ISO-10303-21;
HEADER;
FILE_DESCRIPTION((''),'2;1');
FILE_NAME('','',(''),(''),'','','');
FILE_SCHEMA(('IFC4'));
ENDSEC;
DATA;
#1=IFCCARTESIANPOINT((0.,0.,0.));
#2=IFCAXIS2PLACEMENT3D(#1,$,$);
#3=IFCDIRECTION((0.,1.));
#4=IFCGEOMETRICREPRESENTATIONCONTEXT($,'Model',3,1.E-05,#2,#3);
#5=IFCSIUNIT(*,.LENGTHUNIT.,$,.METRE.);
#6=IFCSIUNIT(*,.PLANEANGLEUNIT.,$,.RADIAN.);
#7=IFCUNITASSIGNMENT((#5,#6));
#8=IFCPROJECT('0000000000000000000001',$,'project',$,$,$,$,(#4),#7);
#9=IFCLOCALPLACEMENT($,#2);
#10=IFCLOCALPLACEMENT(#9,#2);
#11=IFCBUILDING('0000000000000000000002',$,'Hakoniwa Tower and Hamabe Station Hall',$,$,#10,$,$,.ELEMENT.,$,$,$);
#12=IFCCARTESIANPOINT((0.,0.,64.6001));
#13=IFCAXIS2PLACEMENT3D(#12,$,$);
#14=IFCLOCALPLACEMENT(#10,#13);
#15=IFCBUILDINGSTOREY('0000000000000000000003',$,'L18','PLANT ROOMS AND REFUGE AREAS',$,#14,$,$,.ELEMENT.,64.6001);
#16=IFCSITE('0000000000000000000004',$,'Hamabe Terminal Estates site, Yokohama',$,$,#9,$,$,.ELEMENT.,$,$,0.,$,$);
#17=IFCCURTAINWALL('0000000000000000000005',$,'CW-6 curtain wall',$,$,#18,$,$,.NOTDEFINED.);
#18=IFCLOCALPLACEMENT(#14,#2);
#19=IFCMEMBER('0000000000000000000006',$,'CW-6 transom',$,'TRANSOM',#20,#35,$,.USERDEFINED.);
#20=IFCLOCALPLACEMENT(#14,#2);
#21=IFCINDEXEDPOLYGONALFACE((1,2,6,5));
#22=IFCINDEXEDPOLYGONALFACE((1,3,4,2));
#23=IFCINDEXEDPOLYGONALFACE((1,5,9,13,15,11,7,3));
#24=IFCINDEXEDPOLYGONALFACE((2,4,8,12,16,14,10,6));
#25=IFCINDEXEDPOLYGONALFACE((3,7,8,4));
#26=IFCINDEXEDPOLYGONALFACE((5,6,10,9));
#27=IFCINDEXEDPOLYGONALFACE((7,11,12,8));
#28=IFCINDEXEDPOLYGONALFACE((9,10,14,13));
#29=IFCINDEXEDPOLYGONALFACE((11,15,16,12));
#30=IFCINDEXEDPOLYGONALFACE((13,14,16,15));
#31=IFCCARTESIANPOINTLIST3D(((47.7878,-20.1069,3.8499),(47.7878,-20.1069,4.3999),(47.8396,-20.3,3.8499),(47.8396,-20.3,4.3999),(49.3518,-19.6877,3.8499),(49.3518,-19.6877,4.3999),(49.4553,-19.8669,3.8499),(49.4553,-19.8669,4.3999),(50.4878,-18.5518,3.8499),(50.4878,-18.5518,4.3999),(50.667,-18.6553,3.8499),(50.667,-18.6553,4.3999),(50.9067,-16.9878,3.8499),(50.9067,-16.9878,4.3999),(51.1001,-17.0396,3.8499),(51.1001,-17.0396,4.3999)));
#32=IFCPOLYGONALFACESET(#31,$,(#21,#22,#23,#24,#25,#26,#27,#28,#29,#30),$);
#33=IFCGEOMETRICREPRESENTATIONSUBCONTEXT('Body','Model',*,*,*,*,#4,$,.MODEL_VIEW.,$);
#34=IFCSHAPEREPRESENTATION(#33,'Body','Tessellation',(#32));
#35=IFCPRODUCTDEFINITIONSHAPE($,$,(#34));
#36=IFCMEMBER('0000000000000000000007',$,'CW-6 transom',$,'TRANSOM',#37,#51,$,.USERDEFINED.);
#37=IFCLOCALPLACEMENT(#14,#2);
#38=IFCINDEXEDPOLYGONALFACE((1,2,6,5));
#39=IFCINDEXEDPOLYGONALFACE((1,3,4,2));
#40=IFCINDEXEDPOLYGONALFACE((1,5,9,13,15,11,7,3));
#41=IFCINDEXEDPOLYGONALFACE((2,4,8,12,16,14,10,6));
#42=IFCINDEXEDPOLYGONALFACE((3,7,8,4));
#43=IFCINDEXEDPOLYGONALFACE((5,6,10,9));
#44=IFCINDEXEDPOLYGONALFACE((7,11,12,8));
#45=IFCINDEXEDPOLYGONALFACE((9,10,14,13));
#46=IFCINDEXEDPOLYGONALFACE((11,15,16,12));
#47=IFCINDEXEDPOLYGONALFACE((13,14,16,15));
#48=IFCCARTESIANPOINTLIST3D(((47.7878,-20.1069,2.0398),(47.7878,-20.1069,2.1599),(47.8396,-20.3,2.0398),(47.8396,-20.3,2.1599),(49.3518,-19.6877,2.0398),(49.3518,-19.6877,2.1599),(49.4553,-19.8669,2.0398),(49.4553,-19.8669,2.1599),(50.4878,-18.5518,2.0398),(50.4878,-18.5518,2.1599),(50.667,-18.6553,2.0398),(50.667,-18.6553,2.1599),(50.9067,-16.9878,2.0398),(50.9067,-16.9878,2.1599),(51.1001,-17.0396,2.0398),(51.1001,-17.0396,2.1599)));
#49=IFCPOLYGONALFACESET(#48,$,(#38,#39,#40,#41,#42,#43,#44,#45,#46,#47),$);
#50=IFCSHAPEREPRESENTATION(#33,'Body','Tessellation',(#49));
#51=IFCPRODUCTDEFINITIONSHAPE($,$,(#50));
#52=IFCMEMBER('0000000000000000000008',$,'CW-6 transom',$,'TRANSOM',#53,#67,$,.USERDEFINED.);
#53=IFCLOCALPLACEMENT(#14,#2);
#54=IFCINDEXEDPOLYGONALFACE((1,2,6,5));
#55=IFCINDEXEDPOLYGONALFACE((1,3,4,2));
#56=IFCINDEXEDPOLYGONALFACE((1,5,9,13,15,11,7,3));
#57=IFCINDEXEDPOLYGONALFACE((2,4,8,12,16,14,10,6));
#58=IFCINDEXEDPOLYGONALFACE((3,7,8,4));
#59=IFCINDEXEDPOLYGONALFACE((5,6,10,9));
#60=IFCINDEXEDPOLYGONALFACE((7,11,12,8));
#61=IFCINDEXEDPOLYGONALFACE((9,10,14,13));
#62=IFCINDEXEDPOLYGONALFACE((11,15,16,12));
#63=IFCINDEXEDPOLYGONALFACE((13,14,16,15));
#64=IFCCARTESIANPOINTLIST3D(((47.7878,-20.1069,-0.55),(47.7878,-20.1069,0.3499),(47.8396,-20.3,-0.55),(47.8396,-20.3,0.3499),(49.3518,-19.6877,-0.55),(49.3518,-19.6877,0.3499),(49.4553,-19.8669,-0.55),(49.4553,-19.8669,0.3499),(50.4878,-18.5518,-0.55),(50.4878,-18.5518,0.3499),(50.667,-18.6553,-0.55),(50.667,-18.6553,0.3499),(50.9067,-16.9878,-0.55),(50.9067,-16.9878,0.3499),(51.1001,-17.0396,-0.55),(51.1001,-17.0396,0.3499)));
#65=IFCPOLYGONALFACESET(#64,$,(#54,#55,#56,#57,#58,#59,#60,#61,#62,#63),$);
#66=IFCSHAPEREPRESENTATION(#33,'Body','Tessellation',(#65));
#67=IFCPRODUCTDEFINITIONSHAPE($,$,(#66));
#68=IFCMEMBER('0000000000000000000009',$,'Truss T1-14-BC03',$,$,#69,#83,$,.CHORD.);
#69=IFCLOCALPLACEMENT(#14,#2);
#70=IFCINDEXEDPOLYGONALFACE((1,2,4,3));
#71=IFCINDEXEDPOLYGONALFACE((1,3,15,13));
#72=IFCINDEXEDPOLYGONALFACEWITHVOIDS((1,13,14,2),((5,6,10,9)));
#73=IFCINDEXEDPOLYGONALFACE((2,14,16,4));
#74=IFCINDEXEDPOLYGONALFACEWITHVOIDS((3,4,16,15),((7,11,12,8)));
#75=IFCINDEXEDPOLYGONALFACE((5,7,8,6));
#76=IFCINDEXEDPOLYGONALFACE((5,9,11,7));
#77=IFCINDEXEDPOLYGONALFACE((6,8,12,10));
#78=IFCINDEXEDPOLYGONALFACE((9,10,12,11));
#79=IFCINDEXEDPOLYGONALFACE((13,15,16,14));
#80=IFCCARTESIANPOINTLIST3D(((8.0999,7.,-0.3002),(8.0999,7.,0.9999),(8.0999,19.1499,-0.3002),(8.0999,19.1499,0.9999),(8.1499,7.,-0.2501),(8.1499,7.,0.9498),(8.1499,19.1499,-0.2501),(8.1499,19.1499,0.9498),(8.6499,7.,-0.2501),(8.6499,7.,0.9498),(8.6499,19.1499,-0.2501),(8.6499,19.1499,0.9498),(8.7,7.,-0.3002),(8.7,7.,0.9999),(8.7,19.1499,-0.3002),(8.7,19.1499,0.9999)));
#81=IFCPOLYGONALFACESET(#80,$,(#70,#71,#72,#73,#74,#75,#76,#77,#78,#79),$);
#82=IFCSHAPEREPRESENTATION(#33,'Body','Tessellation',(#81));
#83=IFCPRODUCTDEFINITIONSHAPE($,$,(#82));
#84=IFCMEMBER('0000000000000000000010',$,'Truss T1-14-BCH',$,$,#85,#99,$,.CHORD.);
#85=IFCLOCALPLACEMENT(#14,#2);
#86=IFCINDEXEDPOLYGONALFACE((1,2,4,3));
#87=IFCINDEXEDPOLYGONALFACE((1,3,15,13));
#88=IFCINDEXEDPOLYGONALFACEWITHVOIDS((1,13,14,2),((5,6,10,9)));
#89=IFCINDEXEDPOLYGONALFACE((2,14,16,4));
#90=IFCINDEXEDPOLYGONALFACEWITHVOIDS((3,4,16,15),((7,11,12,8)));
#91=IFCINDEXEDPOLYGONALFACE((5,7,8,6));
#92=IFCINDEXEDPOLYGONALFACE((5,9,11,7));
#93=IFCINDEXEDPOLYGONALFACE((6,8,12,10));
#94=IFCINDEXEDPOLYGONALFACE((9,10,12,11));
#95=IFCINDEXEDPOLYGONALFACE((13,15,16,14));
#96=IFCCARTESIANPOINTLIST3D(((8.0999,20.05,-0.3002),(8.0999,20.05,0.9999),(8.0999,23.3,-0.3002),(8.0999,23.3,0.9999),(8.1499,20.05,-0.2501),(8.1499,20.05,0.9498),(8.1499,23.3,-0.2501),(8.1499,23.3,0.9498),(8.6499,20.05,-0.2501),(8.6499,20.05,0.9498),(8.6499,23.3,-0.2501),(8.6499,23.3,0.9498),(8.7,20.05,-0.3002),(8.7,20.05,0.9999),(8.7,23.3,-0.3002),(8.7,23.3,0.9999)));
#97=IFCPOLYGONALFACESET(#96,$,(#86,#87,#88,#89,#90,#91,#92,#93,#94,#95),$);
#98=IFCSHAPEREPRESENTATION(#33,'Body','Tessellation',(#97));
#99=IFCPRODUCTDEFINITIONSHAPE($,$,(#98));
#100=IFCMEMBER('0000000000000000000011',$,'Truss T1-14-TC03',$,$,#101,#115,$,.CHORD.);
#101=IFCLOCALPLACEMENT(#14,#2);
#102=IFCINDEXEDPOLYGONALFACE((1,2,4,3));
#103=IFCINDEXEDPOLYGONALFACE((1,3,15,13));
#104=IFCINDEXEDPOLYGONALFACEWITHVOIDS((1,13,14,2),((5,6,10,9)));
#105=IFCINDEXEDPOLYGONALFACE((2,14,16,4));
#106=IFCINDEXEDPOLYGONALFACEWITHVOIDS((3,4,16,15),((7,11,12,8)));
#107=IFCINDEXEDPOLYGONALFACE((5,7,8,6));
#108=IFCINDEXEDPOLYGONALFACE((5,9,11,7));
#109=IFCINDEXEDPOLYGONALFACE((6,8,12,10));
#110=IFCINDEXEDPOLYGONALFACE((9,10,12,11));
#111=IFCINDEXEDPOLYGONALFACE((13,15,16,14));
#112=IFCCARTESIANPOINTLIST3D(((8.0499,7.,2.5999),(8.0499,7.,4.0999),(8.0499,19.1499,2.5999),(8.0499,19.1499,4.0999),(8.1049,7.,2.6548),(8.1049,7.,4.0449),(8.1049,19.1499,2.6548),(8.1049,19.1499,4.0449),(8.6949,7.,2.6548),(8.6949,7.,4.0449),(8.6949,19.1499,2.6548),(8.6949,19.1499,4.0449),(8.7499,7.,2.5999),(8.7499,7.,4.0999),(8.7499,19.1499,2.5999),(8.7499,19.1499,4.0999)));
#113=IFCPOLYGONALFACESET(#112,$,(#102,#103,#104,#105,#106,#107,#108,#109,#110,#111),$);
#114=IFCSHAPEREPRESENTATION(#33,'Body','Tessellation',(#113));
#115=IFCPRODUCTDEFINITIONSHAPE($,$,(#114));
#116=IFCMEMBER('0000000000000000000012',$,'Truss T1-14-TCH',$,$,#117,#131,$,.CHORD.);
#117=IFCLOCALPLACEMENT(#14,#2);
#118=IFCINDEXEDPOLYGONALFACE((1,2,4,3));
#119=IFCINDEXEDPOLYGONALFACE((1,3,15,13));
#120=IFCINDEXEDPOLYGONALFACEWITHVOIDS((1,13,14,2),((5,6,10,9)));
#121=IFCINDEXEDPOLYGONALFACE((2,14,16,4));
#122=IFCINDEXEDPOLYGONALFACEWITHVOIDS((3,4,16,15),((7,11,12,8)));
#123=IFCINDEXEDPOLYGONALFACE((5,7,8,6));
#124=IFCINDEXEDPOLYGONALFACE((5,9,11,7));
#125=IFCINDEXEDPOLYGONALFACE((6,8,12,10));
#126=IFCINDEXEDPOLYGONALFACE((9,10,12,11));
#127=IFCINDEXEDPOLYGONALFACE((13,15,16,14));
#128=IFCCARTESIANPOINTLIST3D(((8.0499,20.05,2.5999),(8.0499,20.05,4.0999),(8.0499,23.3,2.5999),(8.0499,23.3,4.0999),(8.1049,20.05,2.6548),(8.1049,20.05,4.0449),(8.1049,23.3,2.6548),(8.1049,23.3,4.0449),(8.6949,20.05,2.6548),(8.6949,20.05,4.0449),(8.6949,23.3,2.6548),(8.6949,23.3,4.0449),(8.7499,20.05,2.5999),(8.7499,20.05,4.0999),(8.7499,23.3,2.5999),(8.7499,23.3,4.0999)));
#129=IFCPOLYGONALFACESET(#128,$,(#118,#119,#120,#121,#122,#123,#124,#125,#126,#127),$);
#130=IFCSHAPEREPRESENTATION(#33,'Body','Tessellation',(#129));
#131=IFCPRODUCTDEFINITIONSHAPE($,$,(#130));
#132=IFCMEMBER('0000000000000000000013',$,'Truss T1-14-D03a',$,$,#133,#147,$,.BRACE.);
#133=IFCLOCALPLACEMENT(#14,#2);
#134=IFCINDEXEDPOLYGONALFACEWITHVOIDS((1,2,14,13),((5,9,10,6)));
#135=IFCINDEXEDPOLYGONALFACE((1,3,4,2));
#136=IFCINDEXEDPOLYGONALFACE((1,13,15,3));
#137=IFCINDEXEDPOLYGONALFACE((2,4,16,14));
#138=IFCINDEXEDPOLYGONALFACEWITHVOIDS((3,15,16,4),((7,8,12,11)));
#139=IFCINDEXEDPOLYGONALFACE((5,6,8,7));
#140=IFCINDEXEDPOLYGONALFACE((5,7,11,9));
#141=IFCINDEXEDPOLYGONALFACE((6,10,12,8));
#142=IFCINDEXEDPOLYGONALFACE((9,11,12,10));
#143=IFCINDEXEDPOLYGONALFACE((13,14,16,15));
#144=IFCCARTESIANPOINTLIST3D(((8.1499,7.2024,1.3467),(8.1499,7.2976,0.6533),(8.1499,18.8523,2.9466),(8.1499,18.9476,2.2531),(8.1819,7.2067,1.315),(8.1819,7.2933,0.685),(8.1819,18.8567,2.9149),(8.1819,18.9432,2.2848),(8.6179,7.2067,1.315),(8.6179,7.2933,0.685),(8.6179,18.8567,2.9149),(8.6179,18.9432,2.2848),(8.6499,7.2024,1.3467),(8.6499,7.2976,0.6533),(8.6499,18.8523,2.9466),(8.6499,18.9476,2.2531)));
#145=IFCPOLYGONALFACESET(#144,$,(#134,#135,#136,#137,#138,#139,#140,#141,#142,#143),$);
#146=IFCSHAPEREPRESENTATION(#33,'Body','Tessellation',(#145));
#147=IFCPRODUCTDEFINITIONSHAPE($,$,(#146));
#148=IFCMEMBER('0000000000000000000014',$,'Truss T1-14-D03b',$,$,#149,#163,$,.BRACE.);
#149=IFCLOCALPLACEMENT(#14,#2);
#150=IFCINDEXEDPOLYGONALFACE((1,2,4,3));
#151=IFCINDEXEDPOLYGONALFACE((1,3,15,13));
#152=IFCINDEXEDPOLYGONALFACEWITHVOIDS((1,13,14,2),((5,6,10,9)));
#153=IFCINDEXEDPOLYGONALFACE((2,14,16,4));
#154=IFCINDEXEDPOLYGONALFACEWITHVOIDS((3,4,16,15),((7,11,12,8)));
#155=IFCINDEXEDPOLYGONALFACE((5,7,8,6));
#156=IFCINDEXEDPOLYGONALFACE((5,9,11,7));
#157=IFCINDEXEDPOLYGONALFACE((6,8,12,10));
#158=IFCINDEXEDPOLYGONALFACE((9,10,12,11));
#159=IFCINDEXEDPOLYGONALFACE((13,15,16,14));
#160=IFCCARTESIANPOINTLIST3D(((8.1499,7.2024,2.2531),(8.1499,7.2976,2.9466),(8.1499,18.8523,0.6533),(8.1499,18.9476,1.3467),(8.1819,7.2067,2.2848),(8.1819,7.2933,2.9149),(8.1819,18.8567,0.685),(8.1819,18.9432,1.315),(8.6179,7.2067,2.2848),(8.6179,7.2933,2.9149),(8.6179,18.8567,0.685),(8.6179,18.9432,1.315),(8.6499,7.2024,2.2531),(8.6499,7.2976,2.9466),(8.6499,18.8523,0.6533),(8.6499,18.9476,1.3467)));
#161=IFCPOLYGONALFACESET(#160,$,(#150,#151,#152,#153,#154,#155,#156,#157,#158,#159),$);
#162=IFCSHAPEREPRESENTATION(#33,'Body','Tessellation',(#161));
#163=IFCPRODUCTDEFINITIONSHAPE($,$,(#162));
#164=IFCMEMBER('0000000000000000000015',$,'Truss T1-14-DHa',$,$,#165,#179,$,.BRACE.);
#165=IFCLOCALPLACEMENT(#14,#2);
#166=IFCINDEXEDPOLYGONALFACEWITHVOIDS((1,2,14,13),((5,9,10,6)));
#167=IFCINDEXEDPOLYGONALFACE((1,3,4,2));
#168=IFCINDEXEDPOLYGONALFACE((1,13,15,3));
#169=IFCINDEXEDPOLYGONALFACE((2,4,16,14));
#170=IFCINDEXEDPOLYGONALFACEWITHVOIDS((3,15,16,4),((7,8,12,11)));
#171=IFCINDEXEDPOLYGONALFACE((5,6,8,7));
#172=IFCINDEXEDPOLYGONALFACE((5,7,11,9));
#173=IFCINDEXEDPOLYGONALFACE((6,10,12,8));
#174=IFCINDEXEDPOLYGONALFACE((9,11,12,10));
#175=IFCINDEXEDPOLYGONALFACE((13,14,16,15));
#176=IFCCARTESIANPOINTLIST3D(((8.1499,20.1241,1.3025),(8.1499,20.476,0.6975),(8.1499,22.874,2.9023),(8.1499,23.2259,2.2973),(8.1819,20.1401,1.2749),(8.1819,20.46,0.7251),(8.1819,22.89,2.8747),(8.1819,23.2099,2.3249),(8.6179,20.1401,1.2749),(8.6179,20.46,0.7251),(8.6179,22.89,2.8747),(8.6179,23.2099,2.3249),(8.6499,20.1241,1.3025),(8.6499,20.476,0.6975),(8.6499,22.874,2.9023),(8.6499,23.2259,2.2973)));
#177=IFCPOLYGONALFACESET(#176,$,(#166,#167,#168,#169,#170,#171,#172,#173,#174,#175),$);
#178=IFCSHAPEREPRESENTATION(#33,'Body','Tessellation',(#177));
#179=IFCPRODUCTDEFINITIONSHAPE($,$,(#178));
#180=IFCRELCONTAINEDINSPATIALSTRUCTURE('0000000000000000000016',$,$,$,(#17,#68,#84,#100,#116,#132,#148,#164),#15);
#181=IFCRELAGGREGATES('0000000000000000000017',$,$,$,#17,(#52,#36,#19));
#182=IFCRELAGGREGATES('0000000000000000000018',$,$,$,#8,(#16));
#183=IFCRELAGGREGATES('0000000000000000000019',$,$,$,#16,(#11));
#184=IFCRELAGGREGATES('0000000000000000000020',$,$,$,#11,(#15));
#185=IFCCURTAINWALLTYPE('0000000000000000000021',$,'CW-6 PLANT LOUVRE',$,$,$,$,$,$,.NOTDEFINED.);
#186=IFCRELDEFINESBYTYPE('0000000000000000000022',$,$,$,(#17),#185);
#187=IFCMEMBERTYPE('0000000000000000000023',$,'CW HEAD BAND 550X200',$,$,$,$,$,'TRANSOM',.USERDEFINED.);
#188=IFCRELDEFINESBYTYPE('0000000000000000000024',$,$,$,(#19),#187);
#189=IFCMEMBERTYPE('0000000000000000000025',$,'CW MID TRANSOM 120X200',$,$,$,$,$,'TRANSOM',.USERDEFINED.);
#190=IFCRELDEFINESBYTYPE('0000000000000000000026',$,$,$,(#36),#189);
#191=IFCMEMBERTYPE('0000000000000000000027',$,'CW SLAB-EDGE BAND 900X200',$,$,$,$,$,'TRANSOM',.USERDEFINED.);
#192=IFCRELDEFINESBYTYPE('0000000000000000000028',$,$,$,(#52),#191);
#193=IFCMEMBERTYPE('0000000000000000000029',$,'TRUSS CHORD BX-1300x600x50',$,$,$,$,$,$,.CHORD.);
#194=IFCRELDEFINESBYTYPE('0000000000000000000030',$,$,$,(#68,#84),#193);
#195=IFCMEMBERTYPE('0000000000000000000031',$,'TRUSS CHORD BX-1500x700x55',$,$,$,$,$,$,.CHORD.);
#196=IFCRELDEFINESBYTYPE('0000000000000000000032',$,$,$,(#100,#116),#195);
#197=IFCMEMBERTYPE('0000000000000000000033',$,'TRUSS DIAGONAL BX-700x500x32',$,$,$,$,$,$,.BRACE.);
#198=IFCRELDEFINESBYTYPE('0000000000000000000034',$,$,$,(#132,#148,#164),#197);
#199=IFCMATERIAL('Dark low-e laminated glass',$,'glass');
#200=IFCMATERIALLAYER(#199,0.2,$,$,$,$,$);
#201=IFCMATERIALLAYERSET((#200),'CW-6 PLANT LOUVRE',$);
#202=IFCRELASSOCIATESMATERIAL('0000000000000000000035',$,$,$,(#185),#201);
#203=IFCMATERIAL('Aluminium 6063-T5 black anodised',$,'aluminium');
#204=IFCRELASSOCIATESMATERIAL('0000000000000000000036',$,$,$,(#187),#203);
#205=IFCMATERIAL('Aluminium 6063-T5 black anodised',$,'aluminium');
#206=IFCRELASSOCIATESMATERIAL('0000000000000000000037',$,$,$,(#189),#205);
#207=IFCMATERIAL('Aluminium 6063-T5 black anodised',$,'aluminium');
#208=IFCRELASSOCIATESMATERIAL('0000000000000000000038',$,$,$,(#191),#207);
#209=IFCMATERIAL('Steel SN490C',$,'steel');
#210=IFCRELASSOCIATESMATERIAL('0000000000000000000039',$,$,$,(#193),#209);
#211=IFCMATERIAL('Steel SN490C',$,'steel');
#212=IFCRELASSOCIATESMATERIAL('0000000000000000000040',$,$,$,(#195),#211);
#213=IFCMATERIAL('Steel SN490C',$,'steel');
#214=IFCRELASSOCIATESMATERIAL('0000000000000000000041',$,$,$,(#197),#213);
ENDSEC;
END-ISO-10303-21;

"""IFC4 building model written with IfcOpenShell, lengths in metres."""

from ifc_helpers import new_model, si_unit, direction, frame, origin, origin_2d, place, context, subcontext, project, spatial, polyline, rectangle, hollow_rectangle, outline, extrude, material, layer, layer_set, material_profile, profile_set, type_object, element, aggregate, save


model = new_model("IFC4")

# Units and contexts
model_context = context("Model", 3, precision=1e-05, world=origin(), true_north=direction((0.0, 1.0)))
body_context = subcontext(model_context, "Body", "Model", "MODEL_VIEW")
ifc_project = project(units=[si_unit("LENGTHUNIT", "METRE"), si_unit("PLANEANGLEUNIT", "RADIAN")], contexts=[model_context])

# Site, building, storey
site_placement = place(None, origin())
site = spatial("IfcSite", under=ifc_project, at=site_placement, Name="Hamabe Terminal Estates site, Yokohama", CompositionType="ELEMENT", RefElevation=0.0)
building_placement = place(site_placement, origin())
building = spatial("IfcBuilding", under=site, at=building_placement, Name="Hakoniwa Tower and Hamabe Station Hall", CompositionType="ELEMENT")
storey_placement = place(building_placement, frame((0.0, 0.0, 64.6001)))
storey = spatial("IfcBuildingStorey", under=building, at=storey_placement, Name="L18", Description="PLANT ROOMS AND REFUGE AREAS", CompositionType="ELEMENT", Elevation=64.6001)

# Curtain wall, members
ifc_material_1 = material(Name="Dark low-e laminated glass", Category="glass")
ifc_layer_1 = layer(ifc_material_1, 0.2)
ifc_layer_set_1 = layer_set([ifc_layer_1], Name="CW-6 PLANT LOUVRE")
curtain_wall_type = type_object("IfcCurtainWallType", Name="CW-6 PLANT LOUVRE", PredefinedType="NOTDEFINED", material=ifc_layer_set_1)
curtain_wall_1_placement = place(storey_placement, origin())
curtain_wall_1 = element("IfcCurtainWall", 1, at=curtain_wall_1_placement, inside=storey, type_object=curtain_wall_type, Name="CW-6 curtain wall", PredefinedType="NOTDEFINED")
ifc_material_2 = material(Name="Aluminium 6063-T5 black anodised", Category="aluminium")
ifc_material_profile_1 = material_profile(ifc_material_2, rectangle(XDim=0.2, YDim=0.55, at=origin_2d()), Name="CW HEAD BAND 550X200")
ifc_profile_set_1 = profile_set([ifc_material_profile_1], Name="Aluminium 6063-T5 black anodised")
member_type_1 = type_object("IfcMemberType", Name="CW HEAD BAND 550X200", ElementType="TRANSOM", PredefinedType="USERDEFINED", material=ifc_profile_set_1)
member_1_placement = place(storey_placement, frame((0.0, 0.0, 3.8499)))
member_1 = element("IfcMember", 2, at=member_1_placement, type_object=member_type_1, Name="CW-6 transom", ObjectType="TRANSOM", PredefinedType="USERDEFINED", context=body_context, shape_type="SweptSolid", body=[
    extrude(outline(polyline([(47.8396, -20.3), (49.4553, -19.8669), (50.667, -18.6553), (51.1001, -17.0396), (50.9067, -16.9878), (50.4878, -18.5518), (49.3518, -19.6877), (47.7878, -20.1069), (47.8396, -20.3)])), origin(), (0.0, 0.0, 1.0), 0.55),
])
ifc_material_3 = material(Name="Aluminium 6063-T5 black anodised", Category="aluminium")
ifc_material_profile_2 = material_profile(ifc_material_3, rectangle(XDim=0.2, YDim=0.1201, at=origin_2d()), Name="CW MID TRANSOM 120X200")
ifc_profile_set_2 = profile_set([ifc_material_profile_2], Name="Aluminium 6063-T5 black anodised")
member_type_2 = type_object("IfcMemberType", Name="CW MID TRANSOM 120X200", ElementType="TRANSOM", PredefinedType="USERDEFINED", material=ifc_profile_set_2)
member_2_placement = place(storey_placement, frame((0.0, 0.0, 2.0398)))
member_2 = element("IfcMember", 3, at=member_2_placement, type_object=member_type_2, Name="CW-6 transom", ObjectType="TRANSOM", PredefinedType="USERDEFINED", context=body_context, shape_type="SweptSolid", body=[
    extrude(outline(polyline([(47.8396, -20.3), (49.4553, -19.8669), (50.667, -18.6553), (51.1001, -17.0396), (50.9067, -16.9878), (50.4878, -18.5518), (49.3518, -19.6877), (47.7878, -20.1069), (47.8396, -20.3)])), origin(), (0.0, 0.0, 1.0), 0.1201),
])
ifc_material_4 = material(Name="Aluminium 6063-T5 black anodised", Category="aluminium")
ifc_material_profile_3 = material_profile(ifc_material_4, rectangle(XDim=0.2, YDim=0.8999, at=origin_2d()), Name="CW SLAB-EDGE BAND 900X200")
ifc_profile_set_3 = profile_set([ifc_material_profile_3], Name="Aluminium 6063-T5 black anodised")
member_type_3 = type_object("IfcMemberType", Name="CW SLAB-EDGE BAND 900X200", ElementType="TRANSOM", PredefinedType="USERDEFINED", material=ifc_profile_set_3)
member_3_placement = place(storey_placement, frame((0.0, 0.0, -0.55)))
member_3 = element("IfcMember", 4, at=member_3_placement, type_object=member_type_3, Name="CW-6 transom", ObjectType="TRANSOM", PredefinedType="USERDEFINED", context=body_context, shape_type="SweptSolid", body=[
    extrude(outline(polyline([(47.8396, -20.3), (49.4553, -19.8669), (50.667, -18.6553), (51.1001, -17.0396), (50.9067, -16.9878), (50.4878, -18.5518), (49.3518, -19.6877), (47.7878, -20.1069), (47.8396, -20.3)])), origin(), (0.0, 0.0, 1.0), 0.8999),
])
aggregate(curtain_wall_1, [member_3, member_2, member_1])

# Members
ifc_material_5 = material(Name="Steel SN490C", Category="steel")
ifc_material_profile_4 = material_profile(ifc_material_5, hollow_rectangle(XDim=0.6001, YDim=1.3, WallThickness=0.05, at=origin_2d()), Name="BX-1300x600x50")
ifc_profile_set_4 = profile_set([ifc_material_profile_4], Name="Steel SN490C")
member_type_4 = type_object("IfcMemberType", Name="TRUSS CHORD BX-1300x600x50", PredefinedType="CHORD", material=ifc_profile_set_4)
member_4_placement = place(storey_placement, frame((8.3999, 7.0, 0.3499), z_axis=(0.0, 1.0, 0.0), x_axis=(-1.0, 0.0, 0.0)))
element("IfcMember", 5, at=member_4_placement, inside=storey, type_object=member_type_4, Name="Truss T1-14-BC03", PredefinedType="CHORD", context=body_context, shape_type="SweptSolid", body=[
    extrude(hollow_rectangle(XDim=0.6001, YDim=1.3, WallThickness=0.05, at=origin_2d()), origin(), (0.0, 0.0, 1.0), 12.1499),
])
member_5_placement = place(storey_placement, frame((8.3999, 20.05, 0.3499), z_axis=(0.0, 1.0, 0.0), x_axis=(-1.0, 0.0, 0.0)))
element("IfcMember", 6, at=member_5_placement, inside=storey, type_object=member_type_4, Name="Truss T1-14-BCH", PredefinedType="CHORD", context=body_context, shape_type="SweptSolid", body=[
    extrude(hollow_rectangle(XDim=0.6001, YDim=1.3, WallThickness=0.05, at=origin_2d()), origin(), (0.0, 0.0, 1.0), 3.25),
])
ifc_material_6 = material(Name="Steel SN490C", Category="steel")
ifc_material_profile_5 = material_profile(ifc_material_6, hollow_rectangle(XDim=0.7, YDim=1.5, WallThickness=0.0549, at=origin_2d()), Name="BX-1500x700x55")
ifc_profile_set_5 = profile_set([ifc_material_profile_5], Name="Steel SN490C")
member_type_5 = type_object("IfcMemberType", Name="TRUSS CHORD BX-1500x700x55", PredefinedType="CHORD", material=ifc_profile_set_5)
member_6_placement = place(storey_placement, frame((8.3999, 7.0, 3.3499), z_axis=(0.0, 1.0, 0.0), x_axis=(-1.0, 0.0, 0.0)))
element("IfcMember", 7, at=member_6_placement, inside=storey, type_object=member_type_5, Name="Truss T1-14-TC03", PredefinedType="CHORD", context=body_context, shape_type="SweptSolid", body=[
    extrude(hollow_rectangle(XDim=0.7, YDim=1.5, WallThickness=0.0549, at=origin_2d()), origin(), (0.0, 0.0, 1.0), 12.1499),
])
member_7_placement = place(storey_placement, frame((8.3999, 20.05, 3.3499), z_axis=(0.0, 1.0, 0.0), x_axis=(-1.0, 0.0, 0.0)))
element("IfcMember", 8, at=member_7_placement, inside=storey, type_object=member_type_5, Name="Truss T1-14-TCH", PredefinedType="CHORD", context=body_context, shape_type="SweptSolid", body=[
    extrude(hollow_rectangle(XDim=0.7, YDim=1.5, WallThickness=0.0549, at=origin_2d()), origin(), (0.0, 0.0, 1.0), 3.25),
])
ifc_material_7 = material(Name="Steel SN490C", Category="steel")
ifc_material_profile_6 = material_profile(ifc_material_7, hollow_rectangle(XDim=0.5, YDim=0.7, WallThickness=0.032, at=origin_2d()), Name="BX-700x500x32")
ifc_profile_set_6 = profile_set([ifc_material_profile_6], Name="Steel SN490C")
member_type_6 = type_object("IfcMemberType", Name="TRUSS DIAGONAL BX-700x500x32", PredefinedType="BRACE", material=ifc_profile_set_6)
for number, where, z_axis, x_axis, name in (
    (9, (8.3999, 7.25, 1.0), (0.0, 0.990702, 0.136051), (-1.0, 0.0, 0.0), "Truss T1-14-D03a"),
    (10, (8.3999, 7.25, 2.5999), (0.0, 0.990702, -0.136051), (-1.0, 0.0, 0.0), "Truss T1-14-D03b"),
):
    element("IfcMember", number, at=place(storey_placement, frame(where, z_axis=z_axis, x_axis=x_axis)), inside=storey, type_object=member_type_6, Name=name, PredefinedType="BRACE", context=body_context, shape_type="SweptSolid", body=[
        extrude(hollow_rectangle(XDim=0.5, YDim=0.7, WallThickness=0.032, at=origin_2d()), origin(), (0.0, 0.0, 1.0), 11.7593),
    ])
member_8_placement = place(storey_placement, frame((8.3999, 20.3, 1.0), z_axis=(0.0, 0.864368, 0.502859), x_axis=(-1.0, 0.0, 0.0)))
element("IfcMember", 11, at=member_8_placement, inside=storey, type_object=member_type_6, Name="Truss T1-14-DHa", PredefinedType="BRACE", context=body_context, shape_type="SweptSolid", body=[
    extrude(hollow_rectangle(XDim=0.5, YDim=0.7, WallThickness=0.032, at=origin_2d()), origin(), (0.0, 0.0, 1.0), 3.1814),
])

save(model, "model.ifc")
